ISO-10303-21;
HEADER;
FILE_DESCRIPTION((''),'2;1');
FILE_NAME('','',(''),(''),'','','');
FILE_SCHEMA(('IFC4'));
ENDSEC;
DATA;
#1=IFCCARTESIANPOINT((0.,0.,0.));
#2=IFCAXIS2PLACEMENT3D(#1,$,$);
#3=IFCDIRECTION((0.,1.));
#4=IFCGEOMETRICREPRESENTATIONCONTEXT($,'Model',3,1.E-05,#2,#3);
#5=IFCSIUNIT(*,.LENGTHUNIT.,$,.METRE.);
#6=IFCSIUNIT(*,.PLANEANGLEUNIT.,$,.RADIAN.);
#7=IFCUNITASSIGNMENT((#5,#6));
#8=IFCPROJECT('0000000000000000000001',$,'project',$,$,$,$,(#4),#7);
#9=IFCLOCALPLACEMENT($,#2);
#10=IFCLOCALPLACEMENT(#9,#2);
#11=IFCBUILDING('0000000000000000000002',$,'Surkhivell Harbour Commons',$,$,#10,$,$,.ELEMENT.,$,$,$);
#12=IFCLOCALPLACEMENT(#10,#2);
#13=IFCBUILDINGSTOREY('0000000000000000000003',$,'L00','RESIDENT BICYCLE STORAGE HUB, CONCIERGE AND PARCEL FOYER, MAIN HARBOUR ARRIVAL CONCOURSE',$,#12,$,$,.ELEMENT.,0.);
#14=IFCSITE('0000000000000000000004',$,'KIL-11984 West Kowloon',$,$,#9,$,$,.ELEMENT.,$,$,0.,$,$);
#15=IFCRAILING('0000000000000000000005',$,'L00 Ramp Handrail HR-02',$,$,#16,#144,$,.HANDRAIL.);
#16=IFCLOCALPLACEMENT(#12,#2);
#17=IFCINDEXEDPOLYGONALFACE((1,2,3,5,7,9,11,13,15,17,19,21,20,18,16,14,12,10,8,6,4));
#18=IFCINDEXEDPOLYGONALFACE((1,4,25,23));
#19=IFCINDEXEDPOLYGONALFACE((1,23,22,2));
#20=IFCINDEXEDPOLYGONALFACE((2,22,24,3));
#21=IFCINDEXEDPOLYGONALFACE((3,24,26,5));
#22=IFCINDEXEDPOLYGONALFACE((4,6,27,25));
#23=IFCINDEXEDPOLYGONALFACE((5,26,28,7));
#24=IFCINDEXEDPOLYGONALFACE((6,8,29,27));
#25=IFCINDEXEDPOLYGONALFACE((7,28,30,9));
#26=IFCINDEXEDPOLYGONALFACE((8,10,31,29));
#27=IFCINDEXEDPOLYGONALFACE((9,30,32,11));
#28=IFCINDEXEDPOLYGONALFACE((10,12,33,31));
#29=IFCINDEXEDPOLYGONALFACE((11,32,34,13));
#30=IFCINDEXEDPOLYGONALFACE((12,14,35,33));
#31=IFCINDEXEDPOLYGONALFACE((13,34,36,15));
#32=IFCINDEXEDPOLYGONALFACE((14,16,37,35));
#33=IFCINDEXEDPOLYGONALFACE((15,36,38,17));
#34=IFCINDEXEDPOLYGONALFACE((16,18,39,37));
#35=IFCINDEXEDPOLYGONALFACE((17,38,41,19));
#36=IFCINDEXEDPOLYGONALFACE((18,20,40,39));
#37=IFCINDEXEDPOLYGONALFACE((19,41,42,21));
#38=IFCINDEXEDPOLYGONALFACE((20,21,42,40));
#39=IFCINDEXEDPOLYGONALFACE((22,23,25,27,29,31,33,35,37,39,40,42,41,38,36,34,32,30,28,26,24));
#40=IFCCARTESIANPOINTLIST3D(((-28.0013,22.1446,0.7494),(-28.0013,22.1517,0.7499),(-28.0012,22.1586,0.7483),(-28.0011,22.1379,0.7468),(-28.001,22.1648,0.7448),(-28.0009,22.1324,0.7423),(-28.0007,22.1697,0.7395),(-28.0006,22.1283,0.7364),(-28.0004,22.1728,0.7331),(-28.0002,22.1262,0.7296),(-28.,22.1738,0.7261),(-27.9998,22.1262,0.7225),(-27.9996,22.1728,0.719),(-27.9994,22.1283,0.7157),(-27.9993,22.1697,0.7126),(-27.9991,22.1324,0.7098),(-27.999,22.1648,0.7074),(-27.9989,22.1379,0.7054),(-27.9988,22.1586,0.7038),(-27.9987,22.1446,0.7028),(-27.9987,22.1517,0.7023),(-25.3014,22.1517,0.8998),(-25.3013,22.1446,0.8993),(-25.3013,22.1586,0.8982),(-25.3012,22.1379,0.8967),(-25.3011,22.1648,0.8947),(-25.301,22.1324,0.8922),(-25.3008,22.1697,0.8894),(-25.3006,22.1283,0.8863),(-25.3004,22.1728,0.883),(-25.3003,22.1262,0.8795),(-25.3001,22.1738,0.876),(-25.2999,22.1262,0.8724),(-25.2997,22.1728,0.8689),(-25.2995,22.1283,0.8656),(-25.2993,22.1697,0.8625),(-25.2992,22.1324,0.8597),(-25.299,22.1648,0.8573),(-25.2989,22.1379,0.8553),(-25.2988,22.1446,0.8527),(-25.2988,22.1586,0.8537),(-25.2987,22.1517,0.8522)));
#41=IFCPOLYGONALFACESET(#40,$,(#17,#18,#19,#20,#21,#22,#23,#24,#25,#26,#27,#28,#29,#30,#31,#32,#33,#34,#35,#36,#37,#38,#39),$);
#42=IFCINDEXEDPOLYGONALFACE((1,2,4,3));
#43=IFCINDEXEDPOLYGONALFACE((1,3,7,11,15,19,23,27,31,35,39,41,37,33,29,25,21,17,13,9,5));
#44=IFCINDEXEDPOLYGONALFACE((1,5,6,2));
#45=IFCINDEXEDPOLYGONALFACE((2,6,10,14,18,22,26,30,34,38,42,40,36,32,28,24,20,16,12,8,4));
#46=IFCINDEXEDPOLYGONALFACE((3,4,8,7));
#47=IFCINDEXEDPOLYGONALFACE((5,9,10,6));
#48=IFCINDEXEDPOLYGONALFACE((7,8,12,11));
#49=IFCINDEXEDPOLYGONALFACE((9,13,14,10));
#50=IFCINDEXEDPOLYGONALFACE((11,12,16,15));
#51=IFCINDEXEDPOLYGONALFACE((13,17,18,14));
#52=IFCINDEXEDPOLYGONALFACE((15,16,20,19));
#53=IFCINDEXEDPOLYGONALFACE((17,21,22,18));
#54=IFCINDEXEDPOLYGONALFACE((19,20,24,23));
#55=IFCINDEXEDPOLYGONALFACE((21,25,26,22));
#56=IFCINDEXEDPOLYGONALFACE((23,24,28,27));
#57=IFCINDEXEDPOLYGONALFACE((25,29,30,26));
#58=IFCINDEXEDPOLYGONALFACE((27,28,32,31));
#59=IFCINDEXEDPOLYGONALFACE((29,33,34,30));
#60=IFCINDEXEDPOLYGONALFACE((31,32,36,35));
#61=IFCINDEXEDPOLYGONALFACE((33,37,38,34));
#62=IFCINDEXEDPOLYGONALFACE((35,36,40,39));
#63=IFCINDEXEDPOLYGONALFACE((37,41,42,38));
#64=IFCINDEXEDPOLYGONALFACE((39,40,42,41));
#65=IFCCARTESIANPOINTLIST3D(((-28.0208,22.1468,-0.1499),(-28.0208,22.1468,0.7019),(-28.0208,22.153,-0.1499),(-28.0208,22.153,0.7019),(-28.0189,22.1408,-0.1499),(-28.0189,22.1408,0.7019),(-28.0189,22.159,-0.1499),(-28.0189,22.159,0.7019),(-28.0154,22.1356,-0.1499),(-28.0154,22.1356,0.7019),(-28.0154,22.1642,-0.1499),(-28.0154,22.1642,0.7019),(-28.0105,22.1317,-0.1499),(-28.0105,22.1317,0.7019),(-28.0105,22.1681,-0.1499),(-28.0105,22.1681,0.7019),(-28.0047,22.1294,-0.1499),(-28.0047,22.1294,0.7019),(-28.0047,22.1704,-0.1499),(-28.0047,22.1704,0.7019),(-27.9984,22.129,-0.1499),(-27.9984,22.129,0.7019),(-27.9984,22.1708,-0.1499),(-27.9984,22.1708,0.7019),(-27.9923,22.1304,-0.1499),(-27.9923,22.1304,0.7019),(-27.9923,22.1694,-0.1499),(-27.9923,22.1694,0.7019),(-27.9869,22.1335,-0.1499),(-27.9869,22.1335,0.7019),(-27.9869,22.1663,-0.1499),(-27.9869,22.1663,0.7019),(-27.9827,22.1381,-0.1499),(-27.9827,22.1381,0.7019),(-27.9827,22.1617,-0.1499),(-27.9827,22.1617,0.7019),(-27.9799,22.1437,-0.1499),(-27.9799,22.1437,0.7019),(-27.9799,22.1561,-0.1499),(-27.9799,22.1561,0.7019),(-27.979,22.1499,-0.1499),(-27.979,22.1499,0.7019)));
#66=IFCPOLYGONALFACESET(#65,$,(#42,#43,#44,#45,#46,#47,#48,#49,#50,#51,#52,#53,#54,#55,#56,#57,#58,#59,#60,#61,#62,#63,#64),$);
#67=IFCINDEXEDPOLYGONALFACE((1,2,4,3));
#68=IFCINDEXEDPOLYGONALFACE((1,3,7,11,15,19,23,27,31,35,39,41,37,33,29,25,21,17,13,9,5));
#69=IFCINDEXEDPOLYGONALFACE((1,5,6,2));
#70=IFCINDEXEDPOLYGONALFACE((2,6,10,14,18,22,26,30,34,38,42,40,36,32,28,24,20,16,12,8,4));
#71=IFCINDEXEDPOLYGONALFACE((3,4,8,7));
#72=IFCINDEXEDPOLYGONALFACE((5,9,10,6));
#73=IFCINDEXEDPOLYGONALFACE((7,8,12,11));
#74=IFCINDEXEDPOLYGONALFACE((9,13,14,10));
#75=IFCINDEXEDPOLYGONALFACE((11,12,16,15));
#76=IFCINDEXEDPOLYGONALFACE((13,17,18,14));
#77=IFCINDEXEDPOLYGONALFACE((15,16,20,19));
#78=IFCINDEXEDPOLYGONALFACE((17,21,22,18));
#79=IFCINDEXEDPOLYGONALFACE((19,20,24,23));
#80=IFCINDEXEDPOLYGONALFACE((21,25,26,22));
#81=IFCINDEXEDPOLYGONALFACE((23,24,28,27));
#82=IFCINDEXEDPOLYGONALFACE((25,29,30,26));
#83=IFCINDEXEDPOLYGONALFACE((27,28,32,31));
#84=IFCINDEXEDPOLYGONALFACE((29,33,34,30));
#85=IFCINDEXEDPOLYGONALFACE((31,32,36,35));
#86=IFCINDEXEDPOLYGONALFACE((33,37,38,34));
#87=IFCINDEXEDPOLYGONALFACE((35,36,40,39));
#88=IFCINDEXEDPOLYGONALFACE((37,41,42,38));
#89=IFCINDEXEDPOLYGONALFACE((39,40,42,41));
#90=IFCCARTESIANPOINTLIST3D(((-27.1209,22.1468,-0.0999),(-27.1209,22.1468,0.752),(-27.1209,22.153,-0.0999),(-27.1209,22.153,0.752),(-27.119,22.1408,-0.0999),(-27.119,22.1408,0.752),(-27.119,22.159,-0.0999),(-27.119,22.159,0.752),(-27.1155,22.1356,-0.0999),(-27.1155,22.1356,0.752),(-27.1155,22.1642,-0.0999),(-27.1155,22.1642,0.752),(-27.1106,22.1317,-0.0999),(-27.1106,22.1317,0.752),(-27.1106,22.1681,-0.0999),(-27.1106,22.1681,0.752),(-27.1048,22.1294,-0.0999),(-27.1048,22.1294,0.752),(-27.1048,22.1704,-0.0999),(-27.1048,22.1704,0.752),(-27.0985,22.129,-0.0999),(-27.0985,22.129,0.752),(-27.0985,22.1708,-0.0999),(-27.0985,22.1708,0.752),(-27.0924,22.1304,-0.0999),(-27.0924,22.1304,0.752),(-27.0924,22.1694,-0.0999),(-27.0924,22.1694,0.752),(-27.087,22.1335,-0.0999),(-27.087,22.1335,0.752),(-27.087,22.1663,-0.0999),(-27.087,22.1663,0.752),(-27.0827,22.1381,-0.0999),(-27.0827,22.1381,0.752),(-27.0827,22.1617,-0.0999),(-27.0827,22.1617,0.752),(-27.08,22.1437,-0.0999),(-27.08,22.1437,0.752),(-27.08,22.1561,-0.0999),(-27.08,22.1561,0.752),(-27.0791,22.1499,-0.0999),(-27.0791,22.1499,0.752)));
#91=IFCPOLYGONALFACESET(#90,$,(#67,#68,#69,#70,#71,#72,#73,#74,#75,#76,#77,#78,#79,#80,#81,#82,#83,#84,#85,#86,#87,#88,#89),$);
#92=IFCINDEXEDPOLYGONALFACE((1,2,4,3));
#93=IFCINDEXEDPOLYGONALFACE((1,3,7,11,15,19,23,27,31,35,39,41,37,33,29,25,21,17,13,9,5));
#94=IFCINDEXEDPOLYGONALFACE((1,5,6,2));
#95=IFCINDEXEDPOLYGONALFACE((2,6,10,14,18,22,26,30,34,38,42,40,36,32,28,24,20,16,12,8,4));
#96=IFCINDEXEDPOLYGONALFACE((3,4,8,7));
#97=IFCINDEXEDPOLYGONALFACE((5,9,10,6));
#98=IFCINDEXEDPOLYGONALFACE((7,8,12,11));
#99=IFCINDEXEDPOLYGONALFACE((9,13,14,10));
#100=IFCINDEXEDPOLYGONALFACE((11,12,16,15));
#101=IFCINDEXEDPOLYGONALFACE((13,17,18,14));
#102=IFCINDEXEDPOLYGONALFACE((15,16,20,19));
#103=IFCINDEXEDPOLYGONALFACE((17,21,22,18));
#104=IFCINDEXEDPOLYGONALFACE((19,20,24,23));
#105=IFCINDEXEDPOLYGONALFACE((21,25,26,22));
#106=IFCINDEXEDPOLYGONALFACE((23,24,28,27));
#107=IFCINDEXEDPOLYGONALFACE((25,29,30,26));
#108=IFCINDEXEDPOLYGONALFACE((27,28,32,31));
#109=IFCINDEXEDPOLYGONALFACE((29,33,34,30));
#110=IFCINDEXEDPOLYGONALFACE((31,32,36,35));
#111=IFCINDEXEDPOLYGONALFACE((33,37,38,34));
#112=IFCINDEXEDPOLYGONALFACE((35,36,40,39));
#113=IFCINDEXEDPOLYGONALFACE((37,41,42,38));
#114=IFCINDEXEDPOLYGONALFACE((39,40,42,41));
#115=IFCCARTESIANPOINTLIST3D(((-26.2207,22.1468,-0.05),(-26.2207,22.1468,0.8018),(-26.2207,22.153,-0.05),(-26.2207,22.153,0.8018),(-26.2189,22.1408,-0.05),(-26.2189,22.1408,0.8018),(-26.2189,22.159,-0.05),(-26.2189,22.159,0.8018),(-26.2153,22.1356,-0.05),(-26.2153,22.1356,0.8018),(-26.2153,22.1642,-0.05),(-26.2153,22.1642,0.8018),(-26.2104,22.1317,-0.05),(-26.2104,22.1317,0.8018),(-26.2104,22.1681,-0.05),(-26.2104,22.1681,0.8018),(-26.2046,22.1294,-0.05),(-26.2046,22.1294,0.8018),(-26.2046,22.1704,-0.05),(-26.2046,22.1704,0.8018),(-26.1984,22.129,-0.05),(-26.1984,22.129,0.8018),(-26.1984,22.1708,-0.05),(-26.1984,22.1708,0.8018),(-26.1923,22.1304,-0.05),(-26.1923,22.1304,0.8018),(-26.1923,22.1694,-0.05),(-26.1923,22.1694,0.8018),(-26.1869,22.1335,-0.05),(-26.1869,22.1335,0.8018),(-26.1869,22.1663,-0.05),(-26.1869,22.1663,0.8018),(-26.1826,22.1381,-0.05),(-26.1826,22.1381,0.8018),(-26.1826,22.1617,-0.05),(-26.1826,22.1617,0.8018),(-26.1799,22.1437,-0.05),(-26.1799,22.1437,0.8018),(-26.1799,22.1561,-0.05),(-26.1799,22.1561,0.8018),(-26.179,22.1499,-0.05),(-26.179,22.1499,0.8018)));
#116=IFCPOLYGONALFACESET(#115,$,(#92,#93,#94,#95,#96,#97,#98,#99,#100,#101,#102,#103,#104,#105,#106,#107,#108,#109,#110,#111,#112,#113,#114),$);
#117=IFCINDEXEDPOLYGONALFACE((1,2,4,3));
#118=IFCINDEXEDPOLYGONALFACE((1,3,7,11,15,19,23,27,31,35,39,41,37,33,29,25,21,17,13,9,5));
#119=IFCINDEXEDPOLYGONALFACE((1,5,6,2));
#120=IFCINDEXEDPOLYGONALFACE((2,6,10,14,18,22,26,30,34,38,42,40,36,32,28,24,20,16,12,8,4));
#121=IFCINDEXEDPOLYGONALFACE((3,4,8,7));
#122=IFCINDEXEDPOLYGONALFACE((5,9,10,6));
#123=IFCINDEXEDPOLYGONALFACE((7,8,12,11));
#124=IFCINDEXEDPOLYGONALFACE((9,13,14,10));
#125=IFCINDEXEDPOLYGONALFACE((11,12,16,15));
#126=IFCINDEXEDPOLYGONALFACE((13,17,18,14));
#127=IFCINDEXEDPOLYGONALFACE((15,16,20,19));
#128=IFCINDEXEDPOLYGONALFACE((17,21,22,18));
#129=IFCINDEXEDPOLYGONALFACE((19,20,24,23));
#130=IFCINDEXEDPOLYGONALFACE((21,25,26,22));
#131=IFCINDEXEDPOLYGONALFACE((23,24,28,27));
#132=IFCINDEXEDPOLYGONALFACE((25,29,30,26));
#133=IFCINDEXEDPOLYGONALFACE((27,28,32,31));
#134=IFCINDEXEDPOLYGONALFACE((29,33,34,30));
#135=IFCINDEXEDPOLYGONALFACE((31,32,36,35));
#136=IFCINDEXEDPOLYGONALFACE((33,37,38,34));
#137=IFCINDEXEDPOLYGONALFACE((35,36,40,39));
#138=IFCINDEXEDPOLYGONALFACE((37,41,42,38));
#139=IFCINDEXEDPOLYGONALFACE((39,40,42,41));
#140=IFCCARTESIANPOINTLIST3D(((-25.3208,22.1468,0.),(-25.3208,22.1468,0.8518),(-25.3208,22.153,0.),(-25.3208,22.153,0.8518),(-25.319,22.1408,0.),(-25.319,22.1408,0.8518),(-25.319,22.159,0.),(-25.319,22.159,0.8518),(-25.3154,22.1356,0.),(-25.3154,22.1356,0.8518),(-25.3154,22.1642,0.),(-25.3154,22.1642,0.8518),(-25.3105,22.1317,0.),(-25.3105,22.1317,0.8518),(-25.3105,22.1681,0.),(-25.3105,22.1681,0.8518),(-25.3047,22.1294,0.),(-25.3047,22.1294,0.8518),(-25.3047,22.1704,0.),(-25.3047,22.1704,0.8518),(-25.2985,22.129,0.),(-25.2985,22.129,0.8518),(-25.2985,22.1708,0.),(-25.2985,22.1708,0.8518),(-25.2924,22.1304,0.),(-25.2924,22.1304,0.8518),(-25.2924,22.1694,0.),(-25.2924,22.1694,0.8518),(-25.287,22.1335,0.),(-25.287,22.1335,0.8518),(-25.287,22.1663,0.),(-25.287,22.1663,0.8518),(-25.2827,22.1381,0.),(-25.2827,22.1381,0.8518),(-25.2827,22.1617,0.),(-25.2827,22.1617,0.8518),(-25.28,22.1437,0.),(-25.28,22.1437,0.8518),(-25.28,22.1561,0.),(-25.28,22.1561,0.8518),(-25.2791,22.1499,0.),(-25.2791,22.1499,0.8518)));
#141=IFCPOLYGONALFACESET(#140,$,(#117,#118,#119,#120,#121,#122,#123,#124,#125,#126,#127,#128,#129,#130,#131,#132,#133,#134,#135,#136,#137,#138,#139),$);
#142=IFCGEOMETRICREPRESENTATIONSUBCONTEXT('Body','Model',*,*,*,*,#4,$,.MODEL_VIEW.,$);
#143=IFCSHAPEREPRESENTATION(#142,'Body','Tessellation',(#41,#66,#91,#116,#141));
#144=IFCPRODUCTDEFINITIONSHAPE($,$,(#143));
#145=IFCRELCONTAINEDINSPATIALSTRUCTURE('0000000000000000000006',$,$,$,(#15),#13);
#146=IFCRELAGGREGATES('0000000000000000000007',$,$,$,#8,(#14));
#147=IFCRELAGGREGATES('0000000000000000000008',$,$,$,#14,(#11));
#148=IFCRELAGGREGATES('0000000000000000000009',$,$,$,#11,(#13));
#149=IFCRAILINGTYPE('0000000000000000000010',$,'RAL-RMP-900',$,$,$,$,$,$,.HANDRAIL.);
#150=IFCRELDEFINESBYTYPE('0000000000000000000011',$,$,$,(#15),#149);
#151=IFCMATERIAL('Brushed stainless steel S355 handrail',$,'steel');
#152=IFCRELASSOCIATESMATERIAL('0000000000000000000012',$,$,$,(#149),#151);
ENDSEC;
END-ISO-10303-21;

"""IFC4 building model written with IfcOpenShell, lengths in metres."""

from ifc_helpers import new_model, si_unit, direction, frame, origin, origin_2d, place, context, subcontext, project, spatial, circle, extrude, material, type_object, element, save


model = new_model("IFC4")

# Units and contexts
model_context = context("Model", 3, precision=1e-05, world=origin(), true_north=direction((0.0, 1.0)))
body_context = subcontext(model_context, "Body", "Model", "MODEL_VIEW")
ifc_project = project(units=[si_unit("LENGTHUNIT", "METRE"), si_unit("PLANEANGLEUNIT", "RADIAN")], contexts=[model_context])

# Site, building, storey
site_placement = place(None, origin())
site = spatial("IfcSite", under=ifc_project, at=site_placement, Name="KIL-11984 West Kowloon", CompositionType="ELEMENT", RefElevation=0.0)
building_placement = place(site_placement, origin())
building = spatial("IfcBuilding", under=site, at=building_placement, Name="Surkhivell Harbour Commons", CompositionType="ELEMENT")
storey_placement = place(building_placement, origin())
storey = spatial("IfcBuildingStorey", under=building, at=storey_placement, Name="L00", Description="RESIDENT BICYCLE STORAGE HUB, CONCIERGE AND PARCEL FOYER, MAIN HARBOUR ARRIVAL CONCOURSE", CompositionType="ELEMENT", Elevation=0.0)

# Railing
ifc_material_1 = material(Name="Brushed stainless steel S355 handrail", Category="steel")
railing_type = type_object("IfcRailingType", Name="RAL-RMP-900", PredefinedType="HANDRAIL", material=ifc_material_1)
railing_placement = place(storey_placement, frame((-28.0, 22.1499, -0.1499)))
element("IfcRailing", 1, at=railing_placement, inside=storey, type_object=railing_type, Name="L00 Ramp Handrail HR-02", PredefinedType="HANDRAIL", context=body_context, shape_type="SweptSolid", body=[
    extrude(circle(Radius=0.0239, at=origin_2d()), frame((0.0, 0.0, 0.876), z_axis=(0.998462, 0.0, 0.055435), x_axis=(0.0, 1.0, 0.0)), (0.0, 0.0, 1.0), 2.7041),
    extrude(circle(Radius=0.021, at=origin_2d()), origin(), (0.0, 0.0, 1.0), 0.8518),
    extrude(circle(Radius=0.021, at=origin_2d()), frame((0.8999, 0.0, 0.05)), (0.0, 0.0, 1.0), 0.8518),
    extrude(circle(Radius=0.021, at=origin_2d()), frame((1.8, 0.0, 0.0999)), (0.0, 0.0, 1.0), 0.8518),
    extrude(circle(Radius=0.021, at=origin_2d()), frame((2.7, 0.0, 0.1499)), (0.0, 0.0, 1.0), 0.8518),
])

save(model, "model.ifc")
